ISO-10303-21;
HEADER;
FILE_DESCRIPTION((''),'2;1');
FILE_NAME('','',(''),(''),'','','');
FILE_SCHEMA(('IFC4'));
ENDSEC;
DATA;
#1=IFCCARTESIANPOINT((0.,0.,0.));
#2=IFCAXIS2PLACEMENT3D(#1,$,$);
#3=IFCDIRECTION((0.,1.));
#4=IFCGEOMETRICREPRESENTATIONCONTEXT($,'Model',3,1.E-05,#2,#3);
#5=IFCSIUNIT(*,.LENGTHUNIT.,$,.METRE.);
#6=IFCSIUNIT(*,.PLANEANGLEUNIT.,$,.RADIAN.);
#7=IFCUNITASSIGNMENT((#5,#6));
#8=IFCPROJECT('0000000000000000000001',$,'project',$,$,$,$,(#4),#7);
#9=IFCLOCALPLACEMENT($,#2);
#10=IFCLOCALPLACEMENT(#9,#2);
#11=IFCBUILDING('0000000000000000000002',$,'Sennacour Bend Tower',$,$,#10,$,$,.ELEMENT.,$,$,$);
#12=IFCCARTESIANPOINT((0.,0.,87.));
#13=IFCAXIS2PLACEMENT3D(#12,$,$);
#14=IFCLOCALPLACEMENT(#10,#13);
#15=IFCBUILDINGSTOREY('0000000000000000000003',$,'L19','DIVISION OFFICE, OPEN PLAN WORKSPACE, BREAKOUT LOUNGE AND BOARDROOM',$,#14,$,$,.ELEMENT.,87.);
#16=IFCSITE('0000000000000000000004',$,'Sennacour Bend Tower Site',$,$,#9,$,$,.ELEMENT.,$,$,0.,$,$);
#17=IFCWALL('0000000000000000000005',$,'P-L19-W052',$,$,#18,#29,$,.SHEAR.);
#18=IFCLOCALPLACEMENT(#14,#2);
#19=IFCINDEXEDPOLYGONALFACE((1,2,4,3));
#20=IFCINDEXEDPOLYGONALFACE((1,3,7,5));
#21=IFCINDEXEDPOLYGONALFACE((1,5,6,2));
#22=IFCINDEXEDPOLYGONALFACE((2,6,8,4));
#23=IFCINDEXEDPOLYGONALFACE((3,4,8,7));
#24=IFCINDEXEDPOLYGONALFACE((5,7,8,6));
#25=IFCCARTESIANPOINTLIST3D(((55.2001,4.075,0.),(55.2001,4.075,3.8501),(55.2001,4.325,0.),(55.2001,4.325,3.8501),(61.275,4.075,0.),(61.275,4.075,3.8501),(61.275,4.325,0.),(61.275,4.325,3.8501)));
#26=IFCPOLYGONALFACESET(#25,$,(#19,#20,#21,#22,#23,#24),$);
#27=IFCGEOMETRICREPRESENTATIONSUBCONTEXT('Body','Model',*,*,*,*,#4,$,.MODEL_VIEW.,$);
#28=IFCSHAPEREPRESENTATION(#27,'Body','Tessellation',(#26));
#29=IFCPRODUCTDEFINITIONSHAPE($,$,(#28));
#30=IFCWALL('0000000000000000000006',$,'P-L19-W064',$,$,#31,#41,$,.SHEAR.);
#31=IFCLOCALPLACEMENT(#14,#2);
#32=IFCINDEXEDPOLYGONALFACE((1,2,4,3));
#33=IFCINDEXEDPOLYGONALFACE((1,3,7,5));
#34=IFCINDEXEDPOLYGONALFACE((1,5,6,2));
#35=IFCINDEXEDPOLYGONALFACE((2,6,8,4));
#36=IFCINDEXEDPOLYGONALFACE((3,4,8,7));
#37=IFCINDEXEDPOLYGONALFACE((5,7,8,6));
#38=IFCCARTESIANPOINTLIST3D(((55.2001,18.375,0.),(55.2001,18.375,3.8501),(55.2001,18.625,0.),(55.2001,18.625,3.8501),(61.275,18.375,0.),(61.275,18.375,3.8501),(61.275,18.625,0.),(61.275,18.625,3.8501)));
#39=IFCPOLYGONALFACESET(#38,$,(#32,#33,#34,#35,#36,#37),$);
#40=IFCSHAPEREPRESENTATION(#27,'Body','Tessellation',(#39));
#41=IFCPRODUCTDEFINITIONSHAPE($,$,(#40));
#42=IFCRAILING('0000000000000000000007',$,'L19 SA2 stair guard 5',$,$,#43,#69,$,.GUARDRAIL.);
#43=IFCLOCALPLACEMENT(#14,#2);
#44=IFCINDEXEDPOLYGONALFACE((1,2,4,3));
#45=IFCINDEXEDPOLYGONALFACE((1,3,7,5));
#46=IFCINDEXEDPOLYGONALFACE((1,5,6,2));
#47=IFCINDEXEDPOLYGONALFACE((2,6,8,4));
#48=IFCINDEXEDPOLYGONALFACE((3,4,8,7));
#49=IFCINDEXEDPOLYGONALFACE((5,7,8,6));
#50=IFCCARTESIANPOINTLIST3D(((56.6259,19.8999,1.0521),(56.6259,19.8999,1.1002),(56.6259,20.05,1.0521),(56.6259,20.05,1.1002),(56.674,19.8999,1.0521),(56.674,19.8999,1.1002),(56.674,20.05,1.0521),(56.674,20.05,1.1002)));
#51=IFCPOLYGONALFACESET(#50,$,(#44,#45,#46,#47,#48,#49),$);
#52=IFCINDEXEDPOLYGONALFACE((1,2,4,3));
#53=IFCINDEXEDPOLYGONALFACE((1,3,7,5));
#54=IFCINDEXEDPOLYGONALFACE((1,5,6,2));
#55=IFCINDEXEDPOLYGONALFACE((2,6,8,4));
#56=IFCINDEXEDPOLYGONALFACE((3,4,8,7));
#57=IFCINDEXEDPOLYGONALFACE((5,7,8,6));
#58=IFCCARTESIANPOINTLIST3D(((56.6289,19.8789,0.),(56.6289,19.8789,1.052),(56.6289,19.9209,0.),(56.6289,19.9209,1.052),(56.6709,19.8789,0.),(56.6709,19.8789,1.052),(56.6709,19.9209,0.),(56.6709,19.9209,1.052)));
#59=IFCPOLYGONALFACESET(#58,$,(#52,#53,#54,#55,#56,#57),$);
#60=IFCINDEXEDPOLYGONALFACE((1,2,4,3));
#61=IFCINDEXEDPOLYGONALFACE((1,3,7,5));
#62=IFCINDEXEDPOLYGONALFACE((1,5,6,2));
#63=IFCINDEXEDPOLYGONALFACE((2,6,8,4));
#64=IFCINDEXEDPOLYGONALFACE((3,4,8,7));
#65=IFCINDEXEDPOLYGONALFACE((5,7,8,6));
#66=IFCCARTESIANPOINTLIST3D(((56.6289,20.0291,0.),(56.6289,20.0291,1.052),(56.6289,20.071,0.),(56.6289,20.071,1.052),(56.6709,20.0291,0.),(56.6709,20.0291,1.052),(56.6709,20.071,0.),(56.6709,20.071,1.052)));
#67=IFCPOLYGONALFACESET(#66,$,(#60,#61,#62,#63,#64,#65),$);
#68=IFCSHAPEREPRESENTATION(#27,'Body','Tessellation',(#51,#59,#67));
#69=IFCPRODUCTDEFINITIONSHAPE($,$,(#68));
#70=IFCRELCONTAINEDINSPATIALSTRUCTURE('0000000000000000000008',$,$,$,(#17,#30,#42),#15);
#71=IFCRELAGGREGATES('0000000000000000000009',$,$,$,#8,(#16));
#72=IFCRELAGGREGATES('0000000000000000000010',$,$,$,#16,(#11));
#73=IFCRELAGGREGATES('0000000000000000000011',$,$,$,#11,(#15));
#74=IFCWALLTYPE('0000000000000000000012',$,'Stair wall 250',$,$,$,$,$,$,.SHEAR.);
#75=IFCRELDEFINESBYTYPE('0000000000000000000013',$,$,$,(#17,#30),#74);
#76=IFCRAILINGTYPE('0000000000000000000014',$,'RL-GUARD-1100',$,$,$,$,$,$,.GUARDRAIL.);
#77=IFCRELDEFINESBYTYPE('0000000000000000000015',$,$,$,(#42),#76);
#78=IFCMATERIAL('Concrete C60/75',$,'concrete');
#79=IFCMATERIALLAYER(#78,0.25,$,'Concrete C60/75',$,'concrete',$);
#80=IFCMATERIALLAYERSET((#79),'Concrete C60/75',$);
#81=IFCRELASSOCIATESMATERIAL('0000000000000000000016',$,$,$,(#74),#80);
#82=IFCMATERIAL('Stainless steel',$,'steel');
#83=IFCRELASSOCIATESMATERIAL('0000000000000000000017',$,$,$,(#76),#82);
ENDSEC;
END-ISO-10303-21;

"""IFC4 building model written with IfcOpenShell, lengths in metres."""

from ifc_helpers import new_model, si_unit, direction, frame, frame_2d, origin, origin_2d, place, context, subcontext, project, spatial, rectangle, extrude, material, layer, layer_set, type_object, element, save


model = new_model("IFC4")

# Units and contexts
model_context = context("Model", 3, precision=1e-05, world=origin(), true_north=direction((0.0, 1.0)))
body_context = subcontext(model_context, "Body", "Model", "MODEL_VIEW")
ifc_project = project(units=[si_unit("LENGTHUNIT", "METRE"), si_unit("PLANEANGLEUNIT", "RADIAN")], contexts=[model_context])

# Site, building, storey
site_placement = place(None, origin())
site = spatial("IfcSite", under=ifc_project, at=site_placement, Name="Sennacour Bend Tower Site", CompositionType="ELEMENT", RefElevation=0.0)
building_placement = place(site_placement, origin())
building = spatial("IfcBuilding", under=site, at=building_placement, Name="Sennacour Bend Tower", CompositionType="ELEMENT")
storey_placement = place(building_placement, frame((0.0, 0.0, 87.0)))
storey = spatial("IfcBuildingStorey", under=building, at=storey_placement, Name="L19", Description="DIVISION OFFICE, OPEN PLAN WORKSPACE, BREAKOUT LOUNGE AND BOARDROOM", CompositionType="ELEMENT", Elevation=87.0)

# Shared definitions
ifc_material_1 = material(Name="Stainless steel", Category="steel")

# Walls
ifc_material_2 = material(Name="Concrete C60/75", Category="concrete")
ifc_layer_1 = layer(ifc_material_2, 0.25, Name="Concrete C60/75", Category="concrete")
ifc_layer_set_1 = layer_set([ifc_layer_1], Name="Concrete C60/75")
wall_type_1 = type_object("IfcWallType", Name="Stair wall 250", PredefinedType="SHEAR", material=ifc_layer_set_1)
for number, where, z_axis, x_axis, name in (
    (1, (55.2, 4.2, 0.0), (0.0, 0.0, 1.0), (1.0, 0.0, 0.0), "P-L19-W052"),
    (2, (55.2, 18.5, 0.0), (0.0, 0.0, 1.0), (1.0, 0.0, 0.0), "P-L19-W064"),
):
    element("IfcWall", number, at=place(storey_placement, frame(where, z_axis=z_axis, x_axis=x_axis)), inside=storey, type_object=wall_type_1, Name=name, PredefinedType="SHEAR", context=body_context, shape_type="SweptSolid", body=[
        extrude(rectangle(XDim=6.075, YDim=0.25, at=frame_2d((3.0376, 0.0))), origin(), (0.0, 0.0, 1.0), 3.8501),
    ])

# Railing
railing_type = type_object("IfcRailingType", Name="RL-GUARD-1100", PredefinedType="GUARDRAIL", material=ifc_material_1)
railing_placement = place(storey_placement, frame((56.6499, 19.8999, 0.0)))
element("IfcRailing", 3, at=railing_placement, inside=storey, type_object=railing_type, Name="L19 SA2 stair guard 5", PredefinedType="GUARDRAIL", context=body_context, shape_type="SweptSolid", body=[
    extrude(rectangle(XDim=0.0481, YDim=0.0481, at=origin_2d()), frame((0.0, 0.0, 1.0762), z_axis=(0.0, 1.0, 0.0), x_axis=(-1.0, 0.0, 0.0)), (0.0, 0.0, 1.0), 0.1501),
    extrude(rectangle(XDim=0.042, YDim=0.042, at=origin_2d()), origin(), (0.0, 0.0, 1.0), 1.052),
    extrude(rectangle(XDim=0.042, YDim=0.042, at=origin_2d()), frame((0.0, 0.1501, 0.0)), (0.0, 0.0, 1.0), 1.052),
])

save(model, "model.ifc")
